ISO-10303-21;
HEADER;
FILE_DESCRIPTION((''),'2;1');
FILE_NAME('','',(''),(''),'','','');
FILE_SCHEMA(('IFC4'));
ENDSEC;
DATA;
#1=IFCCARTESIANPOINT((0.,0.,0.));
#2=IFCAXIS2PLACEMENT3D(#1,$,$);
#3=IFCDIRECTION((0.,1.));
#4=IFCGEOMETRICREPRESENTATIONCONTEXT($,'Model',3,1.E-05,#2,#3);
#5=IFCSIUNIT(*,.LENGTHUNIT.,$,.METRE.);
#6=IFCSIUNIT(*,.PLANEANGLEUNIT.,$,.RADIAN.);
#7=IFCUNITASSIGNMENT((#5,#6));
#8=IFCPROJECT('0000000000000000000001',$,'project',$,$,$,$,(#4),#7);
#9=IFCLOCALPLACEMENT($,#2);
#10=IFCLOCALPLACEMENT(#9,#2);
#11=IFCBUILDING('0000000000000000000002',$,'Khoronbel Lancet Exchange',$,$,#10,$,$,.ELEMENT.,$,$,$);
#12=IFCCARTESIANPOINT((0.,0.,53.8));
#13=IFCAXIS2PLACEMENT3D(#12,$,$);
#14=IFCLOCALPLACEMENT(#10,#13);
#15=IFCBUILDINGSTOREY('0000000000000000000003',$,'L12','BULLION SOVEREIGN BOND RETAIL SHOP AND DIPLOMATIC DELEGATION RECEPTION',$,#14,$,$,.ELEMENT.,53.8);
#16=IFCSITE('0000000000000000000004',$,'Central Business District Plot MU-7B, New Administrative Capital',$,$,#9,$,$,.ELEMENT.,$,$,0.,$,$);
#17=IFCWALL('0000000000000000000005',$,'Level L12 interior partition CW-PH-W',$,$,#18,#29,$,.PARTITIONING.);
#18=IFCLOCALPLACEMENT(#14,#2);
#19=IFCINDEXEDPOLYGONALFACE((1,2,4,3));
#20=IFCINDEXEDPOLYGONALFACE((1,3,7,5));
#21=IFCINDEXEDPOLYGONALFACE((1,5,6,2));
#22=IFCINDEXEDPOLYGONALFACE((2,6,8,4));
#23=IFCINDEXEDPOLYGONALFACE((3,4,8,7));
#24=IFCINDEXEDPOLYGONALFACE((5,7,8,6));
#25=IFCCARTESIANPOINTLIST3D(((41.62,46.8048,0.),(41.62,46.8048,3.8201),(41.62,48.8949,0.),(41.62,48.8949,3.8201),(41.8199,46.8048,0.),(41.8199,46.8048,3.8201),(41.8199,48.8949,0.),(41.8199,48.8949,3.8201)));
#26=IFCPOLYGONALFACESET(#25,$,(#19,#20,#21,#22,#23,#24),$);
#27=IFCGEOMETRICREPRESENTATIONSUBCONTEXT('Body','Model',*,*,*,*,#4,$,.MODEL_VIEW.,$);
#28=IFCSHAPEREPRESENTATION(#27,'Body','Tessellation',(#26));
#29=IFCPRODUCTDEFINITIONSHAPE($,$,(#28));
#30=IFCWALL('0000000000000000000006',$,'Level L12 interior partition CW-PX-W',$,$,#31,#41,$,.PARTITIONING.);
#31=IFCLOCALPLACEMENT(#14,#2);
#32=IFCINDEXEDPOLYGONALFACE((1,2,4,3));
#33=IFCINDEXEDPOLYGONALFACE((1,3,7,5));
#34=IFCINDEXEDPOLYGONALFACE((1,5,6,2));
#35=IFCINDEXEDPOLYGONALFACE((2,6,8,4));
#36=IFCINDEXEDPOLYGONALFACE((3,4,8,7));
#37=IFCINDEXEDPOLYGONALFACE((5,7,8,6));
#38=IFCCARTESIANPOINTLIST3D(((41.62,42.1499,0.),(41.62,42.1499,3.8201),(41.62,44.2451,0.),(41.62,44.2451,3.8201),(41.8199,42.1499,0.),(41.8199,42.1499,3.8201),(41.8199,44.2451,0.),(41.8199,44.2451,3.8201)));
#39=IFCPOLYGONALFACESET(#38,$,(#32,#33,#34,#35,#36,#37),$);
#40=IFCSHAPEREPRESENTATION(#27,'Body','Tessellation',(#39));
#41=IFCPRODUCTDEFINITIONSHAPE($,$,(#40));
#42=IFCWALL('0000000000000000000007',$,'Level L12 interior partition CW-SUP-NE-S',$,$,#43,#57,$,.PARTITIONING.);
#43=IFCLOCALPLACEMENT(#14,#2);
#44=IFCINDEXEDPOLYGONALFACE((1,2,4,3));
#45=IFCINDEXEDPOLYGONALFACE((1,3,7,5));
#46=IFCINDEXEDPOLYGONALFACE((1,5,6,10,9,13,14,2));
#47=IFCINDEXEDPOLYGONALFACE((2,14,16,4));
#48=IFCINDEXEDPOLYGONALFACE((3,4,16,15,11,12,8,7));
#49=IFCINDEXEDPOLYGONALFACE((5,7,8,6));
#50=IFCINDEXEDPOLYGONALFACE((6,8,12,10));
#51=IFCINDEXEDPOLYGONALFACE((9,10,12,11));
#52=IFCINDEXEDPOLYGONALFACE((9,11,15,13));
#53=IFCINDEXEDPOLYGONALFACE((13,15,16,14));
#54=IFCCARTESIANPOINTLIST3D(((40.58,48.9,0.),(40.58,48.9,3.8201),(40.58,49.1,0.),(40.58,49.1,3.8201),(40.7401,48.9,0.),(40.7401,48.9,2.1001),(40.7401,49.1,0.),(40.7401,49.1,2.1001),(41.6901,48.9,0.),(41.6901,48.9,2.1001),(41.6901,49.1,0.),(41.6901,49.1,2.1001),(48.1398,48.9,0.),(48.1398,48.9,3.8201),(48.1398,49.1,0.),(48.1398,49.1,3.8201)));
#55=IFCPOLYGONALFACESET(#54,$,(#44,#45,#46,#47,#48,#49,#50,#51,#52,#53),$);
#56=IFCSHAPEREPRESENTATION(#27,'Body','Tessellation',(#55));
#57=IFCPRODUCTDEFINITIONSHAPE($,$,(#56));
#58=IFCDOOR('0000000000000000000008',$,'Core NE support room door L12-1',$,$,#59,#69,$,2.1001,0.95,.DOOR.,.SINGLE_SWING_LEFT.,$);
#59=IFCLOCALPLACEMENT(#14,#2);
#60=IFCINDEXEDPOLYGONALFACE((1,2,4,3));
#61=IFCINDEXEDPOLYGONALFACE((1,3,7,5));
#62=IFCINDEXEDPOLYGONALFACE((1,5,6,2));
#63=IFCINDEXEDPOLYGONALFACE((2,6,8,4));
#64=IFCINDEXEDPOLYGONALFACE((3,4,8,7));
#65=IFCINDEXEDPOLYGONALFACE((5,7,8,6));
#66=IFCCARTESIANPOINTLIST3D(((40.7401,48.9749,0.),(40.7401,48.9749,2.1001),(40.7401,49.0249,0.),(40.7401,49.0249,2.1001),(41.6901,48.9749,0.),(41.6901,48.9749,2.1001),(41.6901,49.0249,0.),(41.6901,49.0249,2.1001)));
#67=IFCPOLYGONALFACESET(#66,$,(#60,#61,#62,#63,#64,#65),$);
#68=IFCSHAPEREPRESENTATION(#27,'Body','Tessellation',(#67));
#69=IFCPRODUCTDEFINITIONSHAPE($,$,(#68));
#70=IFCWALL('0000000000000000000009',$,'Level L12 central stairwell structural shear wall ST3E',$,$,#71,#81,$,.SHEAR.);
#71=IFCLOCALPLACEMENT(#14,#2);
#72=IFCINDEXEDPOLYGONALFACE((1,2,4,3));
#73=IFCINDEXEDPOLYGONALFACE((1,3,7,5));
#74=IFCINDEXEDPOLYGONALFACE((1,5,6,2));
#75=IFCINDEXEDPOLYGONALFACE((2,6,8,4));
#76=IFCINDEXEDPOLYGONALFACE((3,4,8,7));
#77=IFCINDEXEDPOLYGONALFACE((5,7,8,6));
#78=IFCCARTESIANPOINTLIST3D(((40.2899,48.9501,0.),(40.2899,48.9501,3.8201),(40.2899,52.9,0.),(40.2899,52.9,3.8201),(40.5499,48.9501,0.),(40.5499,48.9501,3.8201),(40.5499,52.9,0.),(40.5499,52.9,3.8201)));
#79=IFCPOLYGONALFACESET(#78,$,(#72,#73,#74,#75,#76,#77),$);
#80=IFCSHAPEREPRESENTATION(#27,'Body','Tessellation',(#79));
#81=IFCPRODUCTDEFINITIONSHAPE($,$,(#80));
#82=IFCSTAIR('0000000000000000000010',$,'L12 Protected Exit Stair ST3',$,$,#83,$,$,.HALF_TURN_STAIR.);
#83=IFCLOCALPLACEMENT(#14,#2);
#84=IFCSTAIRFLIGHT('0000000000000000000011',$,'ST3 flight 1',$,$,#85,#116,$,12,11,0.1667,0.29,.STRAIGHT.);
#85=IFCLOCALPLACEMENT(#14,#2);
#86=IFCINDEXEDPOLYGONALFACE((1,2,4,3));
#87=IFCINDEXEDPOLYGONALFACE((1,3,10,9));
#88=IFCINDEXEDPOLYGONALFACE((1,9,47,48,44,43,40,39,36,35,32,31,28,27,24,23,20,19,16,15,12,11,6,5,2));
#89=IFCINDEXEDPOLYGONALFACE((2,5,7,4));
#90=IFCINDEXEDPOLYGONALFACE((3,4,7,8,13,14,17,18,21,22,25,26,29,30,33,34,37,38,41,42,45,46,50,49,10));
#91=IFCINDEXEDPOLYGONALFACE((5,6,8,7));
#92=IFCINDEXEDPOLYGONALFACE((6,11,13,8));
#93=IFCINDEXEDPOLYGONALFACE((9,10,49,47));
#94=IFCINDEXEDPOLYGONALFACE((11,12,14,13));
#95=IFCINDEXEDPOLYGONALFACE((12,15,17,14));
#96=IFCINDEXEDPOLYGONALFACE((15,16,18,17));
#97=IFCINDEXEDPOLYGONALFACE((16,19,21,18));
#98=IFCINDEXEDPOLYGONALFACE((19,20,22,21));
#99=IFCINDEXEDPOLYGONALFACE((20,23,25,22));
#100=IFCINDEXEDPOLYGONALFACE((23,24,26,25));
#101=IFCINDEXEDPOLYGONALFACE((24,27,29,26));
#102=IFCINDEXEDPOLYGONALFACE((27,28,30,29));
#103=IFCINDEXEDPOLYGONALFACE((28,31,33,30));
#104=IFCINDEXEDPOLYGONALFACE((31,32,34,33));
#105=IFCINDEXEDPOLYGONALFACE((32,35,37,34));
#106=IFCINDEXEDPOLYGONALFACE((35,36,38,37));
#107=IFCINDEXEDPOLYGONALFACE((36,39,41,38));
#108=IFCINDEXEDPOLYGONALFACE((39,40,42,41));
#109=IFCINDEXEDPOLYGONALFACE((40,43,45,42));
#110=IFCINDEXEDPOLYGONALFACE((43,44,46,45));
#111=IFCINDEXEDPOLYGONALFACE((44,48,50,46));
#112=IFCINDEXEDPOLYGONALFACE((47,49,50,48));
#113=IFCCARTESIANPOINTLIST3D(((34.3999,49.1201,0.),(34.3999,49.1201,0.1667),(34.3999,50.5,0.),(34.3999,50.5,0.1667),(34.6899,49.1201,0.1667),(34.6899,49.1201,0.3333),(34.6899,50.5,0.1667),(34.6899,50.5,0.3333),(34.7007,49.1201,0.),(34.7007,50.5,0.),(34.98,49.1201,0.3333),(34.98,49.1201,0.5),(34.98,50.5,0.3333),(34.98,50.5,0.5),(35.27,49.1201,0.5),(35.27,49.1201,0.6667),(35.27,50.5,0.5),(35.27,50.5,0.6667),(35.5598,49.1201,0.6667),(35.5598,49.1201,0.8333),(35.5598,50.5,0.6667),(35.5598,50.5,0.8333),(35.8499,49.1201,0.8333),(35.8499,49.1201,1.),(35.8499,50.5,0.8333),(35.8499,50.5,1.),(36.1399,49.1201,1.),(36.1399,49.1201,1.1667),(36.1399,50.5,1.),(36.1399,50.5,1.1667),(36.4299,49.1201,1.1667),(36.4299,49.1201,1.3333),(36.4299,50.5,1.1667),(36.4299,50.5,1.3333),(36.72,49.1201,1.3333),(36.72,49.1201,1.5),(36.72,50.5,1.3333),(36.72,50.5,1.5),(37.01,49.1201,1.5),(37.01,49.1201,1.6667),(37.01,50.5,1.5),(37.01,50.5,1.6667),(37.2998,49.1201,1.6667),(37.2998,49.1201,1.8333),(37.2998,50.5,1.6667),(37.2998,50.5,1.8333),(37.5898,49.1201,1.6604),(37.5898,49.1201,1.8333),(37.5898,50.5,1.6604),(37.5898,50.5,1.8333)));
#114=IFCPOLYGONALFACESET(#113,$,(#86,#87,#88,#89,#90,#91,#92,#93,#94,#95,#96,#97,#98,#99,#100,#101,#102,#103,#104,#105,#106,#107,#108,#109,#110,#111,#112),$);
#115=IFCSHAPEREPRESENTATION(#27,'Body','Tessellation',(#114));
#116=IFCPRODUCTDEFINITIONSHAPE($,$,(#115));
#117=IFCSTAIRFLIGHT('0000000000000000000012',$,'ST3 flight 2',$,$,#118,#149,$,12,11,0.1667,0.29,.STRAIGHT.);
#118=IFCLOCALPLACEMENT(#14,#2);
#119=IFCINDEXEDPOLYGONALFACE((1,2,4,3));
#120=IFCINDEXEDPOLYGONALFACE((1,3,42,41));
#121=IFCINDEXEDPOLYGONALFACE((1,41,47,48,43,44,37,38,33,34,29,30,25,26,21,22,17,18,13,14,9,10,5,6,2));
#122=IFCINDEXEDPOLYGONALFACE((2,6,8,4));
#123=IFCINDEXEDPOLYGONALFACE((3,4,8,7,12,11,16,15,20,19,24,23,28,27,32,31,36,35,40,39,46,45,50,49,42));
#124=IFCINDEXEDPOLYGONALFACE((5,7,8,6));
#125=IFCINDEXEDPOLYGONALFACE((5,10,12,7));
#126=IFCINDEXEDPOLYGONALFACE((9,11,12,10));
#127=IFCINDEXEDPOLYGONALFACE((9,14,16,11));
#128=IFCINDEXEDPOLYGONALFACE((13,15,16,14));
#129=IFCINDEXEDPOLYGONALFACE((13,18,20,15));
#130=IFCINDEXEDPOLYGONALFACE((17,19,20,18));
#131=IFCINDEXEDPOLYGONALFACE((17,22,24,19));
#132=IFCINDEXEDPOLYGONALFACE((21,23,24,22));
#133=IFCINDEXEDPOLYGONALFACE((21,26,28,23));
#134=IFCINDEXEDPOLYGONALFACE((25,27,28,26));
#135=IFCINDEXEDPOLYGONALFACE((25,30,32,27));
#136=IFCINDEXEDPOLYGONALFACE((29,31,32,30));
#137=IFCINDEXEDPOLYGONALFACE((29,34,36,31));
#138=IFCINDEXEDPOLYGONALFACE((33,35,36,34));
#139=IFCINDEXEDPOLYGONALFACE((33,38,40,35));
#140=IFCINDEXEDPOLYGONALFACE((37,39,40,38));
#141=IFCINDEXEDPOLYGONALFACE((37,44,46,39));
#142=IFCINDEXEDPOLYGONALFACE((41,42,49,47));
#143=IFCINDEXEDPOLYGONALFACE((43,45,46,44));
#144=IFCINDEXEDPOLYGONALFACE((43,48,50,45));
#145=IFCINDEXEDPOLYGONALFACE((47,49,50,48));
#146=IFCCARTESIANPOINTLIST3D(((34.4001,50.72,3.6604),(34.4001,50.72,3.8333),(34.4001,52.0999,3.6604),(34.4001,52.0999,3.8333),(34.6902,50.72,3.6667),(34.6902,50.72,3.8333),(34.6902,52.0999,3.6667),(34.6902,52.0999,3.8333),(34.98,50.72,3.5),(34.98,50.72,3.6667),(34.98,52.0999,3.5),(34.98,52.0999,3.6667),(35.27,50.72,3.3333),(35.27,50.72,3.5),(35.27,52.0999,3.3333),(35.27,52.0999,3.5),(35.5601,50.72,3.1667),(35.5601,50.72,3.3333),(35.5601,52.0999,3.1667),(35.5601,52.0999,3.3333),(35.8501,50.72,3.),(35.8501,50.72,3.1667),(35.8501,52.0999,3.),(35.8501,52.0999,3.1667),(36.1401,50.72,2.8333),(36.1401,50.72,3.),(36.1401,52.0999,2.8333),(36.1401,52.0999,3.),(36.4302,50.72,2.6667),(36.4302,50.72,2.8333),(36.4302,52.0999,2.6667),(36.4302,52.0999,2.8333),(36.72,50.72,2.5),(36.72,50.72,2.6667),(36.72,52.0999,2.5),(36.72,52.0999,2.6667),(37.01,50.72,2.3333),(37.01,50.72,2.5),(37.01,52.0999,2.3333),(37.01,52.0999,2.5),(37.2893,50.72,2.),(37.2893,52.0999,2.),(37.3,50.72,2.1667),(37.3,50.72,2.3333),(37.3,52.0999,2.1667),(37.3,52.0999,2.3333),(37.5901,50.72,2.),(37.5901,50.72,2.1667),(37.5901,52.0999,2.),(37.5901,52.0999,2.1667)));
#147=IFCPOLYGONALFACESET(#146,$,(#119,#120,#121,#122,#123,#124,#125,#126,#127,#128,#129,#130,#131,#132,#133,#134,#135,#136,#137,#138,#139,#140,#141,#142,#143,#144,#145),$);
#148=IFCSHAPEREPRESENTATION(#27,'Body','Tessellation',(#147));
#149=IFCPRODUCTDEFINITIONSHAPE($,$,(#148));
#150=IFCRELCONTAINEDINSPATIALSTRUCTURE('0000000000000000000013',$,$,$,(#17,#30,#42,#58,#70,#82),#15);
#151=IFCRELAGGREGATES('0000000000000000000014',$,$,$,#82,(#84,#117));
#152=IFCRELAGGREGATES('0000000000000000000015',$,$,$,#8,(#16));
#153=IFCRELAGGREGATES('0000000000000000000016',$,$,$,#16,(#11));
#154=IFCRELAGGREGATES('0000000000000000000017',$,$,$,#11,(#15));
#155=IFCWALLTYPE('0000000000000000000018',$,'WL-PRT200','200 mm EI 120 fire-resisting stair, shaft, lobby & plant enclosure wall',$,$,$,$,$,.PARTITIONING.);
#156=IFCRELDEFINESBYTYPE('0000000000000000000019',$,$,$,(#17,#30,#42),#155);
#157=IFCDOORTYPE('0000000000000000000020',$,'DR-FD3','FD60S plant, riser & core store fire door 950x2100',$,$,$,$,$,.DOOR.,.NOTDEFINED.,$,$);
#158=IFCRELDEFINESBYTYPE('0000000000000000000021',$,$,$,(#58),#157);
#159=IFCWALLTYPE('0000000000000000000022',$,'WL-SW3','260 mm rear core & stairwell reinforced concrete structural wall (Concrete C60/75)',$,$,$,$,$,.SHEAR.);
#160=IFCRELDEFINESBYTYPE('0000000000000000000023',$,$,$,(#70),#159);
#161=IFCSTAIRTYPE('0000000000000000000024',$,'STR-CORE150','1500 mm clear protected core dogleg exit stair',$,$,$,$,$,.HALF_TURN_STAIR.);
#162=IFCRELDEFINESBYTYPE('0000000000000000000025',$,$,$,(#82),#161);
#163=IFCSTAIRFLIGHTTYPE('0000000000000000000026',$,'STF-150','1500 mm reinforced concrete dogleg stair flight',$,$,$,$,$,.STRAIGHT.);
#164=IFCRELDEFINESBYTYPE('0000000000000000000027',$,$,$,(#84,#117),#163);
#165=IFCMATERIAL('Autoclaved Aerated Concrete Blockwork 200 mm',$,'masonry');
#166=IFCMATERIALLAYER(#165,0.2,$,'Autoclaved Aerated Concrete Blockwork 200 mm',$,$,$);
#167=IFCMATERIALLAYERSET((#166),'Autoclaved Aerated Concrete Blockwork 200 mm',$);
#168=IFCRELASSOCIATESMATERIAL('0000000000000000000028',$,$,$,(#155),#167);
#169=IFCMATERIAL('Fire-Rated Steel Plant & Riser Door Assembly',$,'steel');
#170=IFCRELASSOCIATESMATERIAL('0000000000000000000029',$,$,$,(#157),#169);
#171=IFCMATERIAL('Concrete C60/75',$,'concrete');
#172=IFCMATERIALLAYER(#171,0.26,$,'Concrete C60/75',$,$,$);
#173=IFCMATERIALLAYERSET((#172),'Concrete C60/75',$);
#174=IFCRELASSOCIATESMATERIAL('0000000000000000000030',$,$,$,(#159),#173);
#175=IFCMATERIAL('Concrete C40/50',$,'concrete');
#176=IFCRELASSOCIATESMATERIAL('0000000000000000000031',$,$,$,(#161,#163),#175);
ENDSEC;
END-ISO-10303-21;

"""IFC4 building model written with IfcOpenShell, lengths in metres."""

from ifc_helpers import new_model, si_unit, direction, frame, frame_2d, origin, place, context, subcontext, project, spatial, polyline, rectangle, outline, extrude, material, layer, layer_set, type_object, element, fill, aggregate, save


model = new_model("IFC4")

# Units and contexts
model_context = context("Model", 3, precision=1e-05, world=origin(), true_north=direction((0.0, 1.0)))
body_context = subcontext(model_context, "Body", "Model", "MODEL_VIEW")
ifc_project = project(units=[si_unit("LENGTHUNIT", "METRE"), si_unit("PLANEANGLEUNIT", "RADIAN")], contexts=[model_context])

# Site, building, storey
site_placement = place(None, origin())
site = spatial("IfcSite", under=ifc_project, at=site_placement, Name="Central Business District Plot MU-7B, New Administrative Capital", CompositionType="ELEMENT", RefElevation=0.0)
building_placement = place(site_placement, origin())
building = spatial("IfcBuilding", under=site, at=building_placement, Name="Khoronbel Lancet Exchange", CompositionType="ELEMENT")
storey_placement = place(building_placement, frame((0.0, 0.0, 53.8)))
storey = spatial("IfcBuildingStorey", under=building, at=storey_placement, Name="L12", Description="BULLION SOVEREIGN BOND RETAIL SHOP AND DIPLOMATIC DELEGATION RECEPTION", CompositionType="ELEMENT", Elevation=53.8)

# Walls
ifc_material_1 = material(Name="Autoclaved Aerated Concrete Blockwork 200 mm", Category="masonry")
ifc_layer_1 = layer(ifc_material_1, 0.2, Name="Autoclaved Aerated Concrete Blockwork 200 mm")
ifc_layer_set_1 = layer_set([ifc_layer_1], Name="Autoclaved Aerated Concrete Blockwork 200 mm")
wall_type_1 = type_object("IfcWallType", Name="WL-PRT200", Description="200 mm EI 120 fire-resisting stair, shaft, lobby & plant enclosure wall", PredefinedType="PARTITIONING", material=ifc_layer_set_1)
wall_1_placement = place(storey_placement, frame((41.72, 46.8049, 0.0), z_axis=(0.0, 0.0, 1.0), x_axis=(0.0, 1.0, 0.0)))
element("IfcWall", 1, at=wall_1_placement, inside=storey, type_object=wall_type_1, Name="Level L12 interior partition CW-PH-W", PredefinedType="PARTITIONING", context=body_context, shape_type="SweptSolid", body=[
    extrude(rectangle(XDim=2.0901, YDim=0.2, at=frame_2d((1.0449, 0.0))), origin(), (0.0, 0.0, 1.0), 3.8201),
])
wall_2_placement = place(storey_placement, frame((41.72, 42.1499, 0.0), z_axis=(0.0, 0.0, 1.0), x_axis=(0.0, 1.0, 0.0)))
element("IfcWall", 2, at=wall_2_placement, inside=storey, type_object=wall_type_1, Name="Level L12 interior partition CW-PX-W", PredefinedType="PARTITIONING", context=body_context, shape_type="SweptSolid", body=[
    extrude(rectangle(XDim=2.0952, YDim=0.2, at=frame_2d((1.0476, 0.0))), origin(), (0.0, 0.0, 1.0), 3.8201),
])

# Wall, opening, door
wall_3_placement = place(storey_placement, frame((40.5801, 49.0, 0.0), z_axis=(0.0, 0.0, 1.0), x_axis=(1.0, 0.0, 0.0)))
wall_3 = element("IfcWall", 3, at=wall_3_placement, inside=storey, type_object=wall_type_1, Name="Level L12 interior partition CW-SUP-NE-S", PredefinedType="PARTITIONING", context=body_context, shape_type="SweptSolid", body=[
    extrude(rectangle(XDim=7.5598, YDim=0.2, at=frame_2d((3.7798, 0.0))), origin(), (0.0, 0.0, 1.0), 3.8201),
])
opening_1_placement = place(wall_3_placement, frame((0.1599, 0.0, 0.0)))
opening_1 = element("IfcOpeningElement", 4, at=opening_1_placement, cuts=wall_3, PredefinedType="OPENING", context=body_context, shape_type="SweptSolid", body=[
    extrude(rectangle(XDim=0.95, YDim=2.1001, at=frame_2d((0.4751, 1.05))), frame((0.0, 0.1099, 0.0), z_axis=(0.0, -1.0, 0.0), x_axis=(1.0, 0.0, 0.0)), (0.0, 0.0, 1.0), 0.22),
])
ifc_material_2 = material(Name="Fire-Rated Steel Plant & Riser Door Assembly", Category="steel")
door_type_1 = type_object("IfcDoorType", Name="DR-FD3", Description="FD60S plant, riser & core store fire door 950x2100", OperationType="NOTDEFINED", PredefinedType="DOOR", material=ifc_material_2)
door_1_placement = place(opening_1_placement, origin())
door_1 = element("IfcDoor", 5, at=door_1_placement, inside=storey, type_object=door_type_1, Name="Core NE support room door L12-1", OperationType="SINGLE_SWING_LEFT", OverallHeight=2.1001, OverallWidth=0.95, PredefinedType="DOOR", context=body_context, shape_type="SweptSolid", body=[
    extrude(rectangle(XDim=0.95, YDim=2.1001, at=frame_2d((0.4751, 1.05))), frame((0.0, 0.0249, 0.0), z_axis=(0.0, -1.0, 0.0), x_axis=(1.0, 0.0, 0.0)), (0.0, 0.0, 1.0), 0.05),
])
fill(opening_1, door_1)

# Wall
ifc_material_3 = material(Name="Concrete C60/75", Category="concrete")
ifc_layer_2 = layer(ifc_material_3, 0.26, Name="Concrete C60/75")
ifc_layer_set_2 = layer_set([ifc_layer_2], Name="Concrete C60/75")
wall_type_2 = type_object("IfcWallType", Name="WL-SW3", Description="260 mm rear core & stairwell reinforced concrete structural wall (Concrete C60/75)", PredefinedType="SHEAR", material=ifc_layer_set_2)
wall_4_placement = place(storey_placement, frame((40.4199, 48.95, 0.0), z_axis=(0.0, 0.0, 1.0), x_axis=(0.0, 1.0, 0.0)))
element("IfcWall", 6, at=wall_4_placement, inside=storey, type_object=wall_type_2, Name="Level L12 central stairwell structural shear wall ST3E", PredefinedType="SHEAR", context=body_context, shape_type="SweptSolid", body=[
    extrude(rectangle(XDim=3.95, YDim=0.26, at=frame_2d((1.9751, 0.0))), origin(), (0.0, 0.0, 1.0), 3.8201),
])

# Stair, stair flights
ifc_material_4 = material(Name="Concrete C40/50", Category="concrete")
stair_type = type_object("IfcStairType", Name="STR-CORE150", Description="1500 mm clear protected core dogleg exit stair", PredefinedType="HALF_TURN_STAIR", material=ifc_material_4)
stair_placement = place(storey_placement, origin())
stair = element("IfcStair", 7, at=stair_placement, inside=storey, type_object=stair_type, Name="L12 Protected Exit Stair ST3", PredefinedType="HALF_TURN_STAIR")
stair_flight_type = type_object("IfcStairFlightType", Name="STF-150", Description="1500 mm reinforced concrete dogleg stair flight", PredefinedType="STRAIGHT", material=ifc_material_4)
stair_flight_1_placement = place(storey_placement, frame((34.3999, 49.8101, 0.0), z_axis=(0.0, 0.0, 1.0), x_axis=(1.0, 0.0, 0.0)))
stair_flight_1 = element("IfcStairFlight", 8, at=stair_flight_1_placement, type_object=stair_flight_type, Name="ST3 flight 1", NumberOfRisers=12, NumberOfTreads=11, PredefinedType="STRAIGHT", RiserHeight=0.1667, TreadLength=0.29, context=body_context, shape_type="SweptSolid", body=[
    extrude(outline(polyline([(0.0, 0.0), (0.0, 0.1667), (0.29, 0.1667), (0.29, 0.3333), (0.5801, 0.3333), (0.5801, 0.5), (0.8701, 0.5), (0.8701, 0.6667), (1.1599, 0.6667), (1.1599, 0.8333), (1.45, 0.8333), (1.45, 1.0), (1.74, 1.0), (1.74, 1.1667), (2.03, 1.1667), (2.03, 1.3333), (2.3201, 1.3333), (2.3201, 1.5), (2.6101, 1.5), (2.6101, 1.6667), (2.8999, 1.6667), (2.8999, 1.8333), (3.1899, 1.8333), (3.1899, 2.0), (3.1899, 1.6604), (0.3008, 0.0), (0.0, 0.0)])), frame((0.0, 0.6899, 0.0), z_axis=(0.0, -1.0, 0.0), x_axis=(1.0, 0.0, 0.0)), (0.0, 0.0, 1.0), 1.3799),
])
stair_flight_2_placement = place(storey_placement, frame((37.5901, 51.4099, 2.0), z_axis=(0.0, 0.0, 1.0), x_axis=(-1.0, 0.0, 0.0)))
stair_flight_2 = element("IfcStairFlight", 9, at=stair_flight_2_placement, type_object=stair_flight_type, Name="ST3 flight 2", NumberOfRisers=12, NumberOfTreads=11, PredefinedType="STRAIGHT", RiserHeight=0.1667, TreadLength=0.29, context=body_context, shape_type="SweptSolid", body=[
    extrude(outline(polyline([(0.0, 0.0), (0.0, 0.1667), (0.29, 0.1667), (0.29, 0.3333), (0.5801, 0.3333), (0.5801, 0.5), (0.8701, 0.5), (0.8701, 0.6667), (1.1599, 0.6667), (1.1599, 0.8333), (1.45, 0.8333), (1.45, 1.0), (1.74, 1.0), (1.74, 1.1667), (2.03, 1.1667), (2.03, 1.3333), (2.3201, 1.3333), (2.3201, 1.5), (2.6101, 1.5), (2.6101, 1.6667), (2.8999, 1.6667), (2.8999, 1.8333), (3.1899, 1.8333), (3.1899, 2.0), (3.1899, 1.6604), (0.3008, 0.0), (0.0, 0.0)])), frame((0.0, 0.6899, 0.0), z_axis=(0.0, -1.0, 0.0), x_axis=(1.0, 0.0, 0.0)), (0.0, 0.0, 1.0), 1.3799),
])
aggregate(stair, [stair_flight_1, stair_flight_2])

save(model, "model.ifc")
